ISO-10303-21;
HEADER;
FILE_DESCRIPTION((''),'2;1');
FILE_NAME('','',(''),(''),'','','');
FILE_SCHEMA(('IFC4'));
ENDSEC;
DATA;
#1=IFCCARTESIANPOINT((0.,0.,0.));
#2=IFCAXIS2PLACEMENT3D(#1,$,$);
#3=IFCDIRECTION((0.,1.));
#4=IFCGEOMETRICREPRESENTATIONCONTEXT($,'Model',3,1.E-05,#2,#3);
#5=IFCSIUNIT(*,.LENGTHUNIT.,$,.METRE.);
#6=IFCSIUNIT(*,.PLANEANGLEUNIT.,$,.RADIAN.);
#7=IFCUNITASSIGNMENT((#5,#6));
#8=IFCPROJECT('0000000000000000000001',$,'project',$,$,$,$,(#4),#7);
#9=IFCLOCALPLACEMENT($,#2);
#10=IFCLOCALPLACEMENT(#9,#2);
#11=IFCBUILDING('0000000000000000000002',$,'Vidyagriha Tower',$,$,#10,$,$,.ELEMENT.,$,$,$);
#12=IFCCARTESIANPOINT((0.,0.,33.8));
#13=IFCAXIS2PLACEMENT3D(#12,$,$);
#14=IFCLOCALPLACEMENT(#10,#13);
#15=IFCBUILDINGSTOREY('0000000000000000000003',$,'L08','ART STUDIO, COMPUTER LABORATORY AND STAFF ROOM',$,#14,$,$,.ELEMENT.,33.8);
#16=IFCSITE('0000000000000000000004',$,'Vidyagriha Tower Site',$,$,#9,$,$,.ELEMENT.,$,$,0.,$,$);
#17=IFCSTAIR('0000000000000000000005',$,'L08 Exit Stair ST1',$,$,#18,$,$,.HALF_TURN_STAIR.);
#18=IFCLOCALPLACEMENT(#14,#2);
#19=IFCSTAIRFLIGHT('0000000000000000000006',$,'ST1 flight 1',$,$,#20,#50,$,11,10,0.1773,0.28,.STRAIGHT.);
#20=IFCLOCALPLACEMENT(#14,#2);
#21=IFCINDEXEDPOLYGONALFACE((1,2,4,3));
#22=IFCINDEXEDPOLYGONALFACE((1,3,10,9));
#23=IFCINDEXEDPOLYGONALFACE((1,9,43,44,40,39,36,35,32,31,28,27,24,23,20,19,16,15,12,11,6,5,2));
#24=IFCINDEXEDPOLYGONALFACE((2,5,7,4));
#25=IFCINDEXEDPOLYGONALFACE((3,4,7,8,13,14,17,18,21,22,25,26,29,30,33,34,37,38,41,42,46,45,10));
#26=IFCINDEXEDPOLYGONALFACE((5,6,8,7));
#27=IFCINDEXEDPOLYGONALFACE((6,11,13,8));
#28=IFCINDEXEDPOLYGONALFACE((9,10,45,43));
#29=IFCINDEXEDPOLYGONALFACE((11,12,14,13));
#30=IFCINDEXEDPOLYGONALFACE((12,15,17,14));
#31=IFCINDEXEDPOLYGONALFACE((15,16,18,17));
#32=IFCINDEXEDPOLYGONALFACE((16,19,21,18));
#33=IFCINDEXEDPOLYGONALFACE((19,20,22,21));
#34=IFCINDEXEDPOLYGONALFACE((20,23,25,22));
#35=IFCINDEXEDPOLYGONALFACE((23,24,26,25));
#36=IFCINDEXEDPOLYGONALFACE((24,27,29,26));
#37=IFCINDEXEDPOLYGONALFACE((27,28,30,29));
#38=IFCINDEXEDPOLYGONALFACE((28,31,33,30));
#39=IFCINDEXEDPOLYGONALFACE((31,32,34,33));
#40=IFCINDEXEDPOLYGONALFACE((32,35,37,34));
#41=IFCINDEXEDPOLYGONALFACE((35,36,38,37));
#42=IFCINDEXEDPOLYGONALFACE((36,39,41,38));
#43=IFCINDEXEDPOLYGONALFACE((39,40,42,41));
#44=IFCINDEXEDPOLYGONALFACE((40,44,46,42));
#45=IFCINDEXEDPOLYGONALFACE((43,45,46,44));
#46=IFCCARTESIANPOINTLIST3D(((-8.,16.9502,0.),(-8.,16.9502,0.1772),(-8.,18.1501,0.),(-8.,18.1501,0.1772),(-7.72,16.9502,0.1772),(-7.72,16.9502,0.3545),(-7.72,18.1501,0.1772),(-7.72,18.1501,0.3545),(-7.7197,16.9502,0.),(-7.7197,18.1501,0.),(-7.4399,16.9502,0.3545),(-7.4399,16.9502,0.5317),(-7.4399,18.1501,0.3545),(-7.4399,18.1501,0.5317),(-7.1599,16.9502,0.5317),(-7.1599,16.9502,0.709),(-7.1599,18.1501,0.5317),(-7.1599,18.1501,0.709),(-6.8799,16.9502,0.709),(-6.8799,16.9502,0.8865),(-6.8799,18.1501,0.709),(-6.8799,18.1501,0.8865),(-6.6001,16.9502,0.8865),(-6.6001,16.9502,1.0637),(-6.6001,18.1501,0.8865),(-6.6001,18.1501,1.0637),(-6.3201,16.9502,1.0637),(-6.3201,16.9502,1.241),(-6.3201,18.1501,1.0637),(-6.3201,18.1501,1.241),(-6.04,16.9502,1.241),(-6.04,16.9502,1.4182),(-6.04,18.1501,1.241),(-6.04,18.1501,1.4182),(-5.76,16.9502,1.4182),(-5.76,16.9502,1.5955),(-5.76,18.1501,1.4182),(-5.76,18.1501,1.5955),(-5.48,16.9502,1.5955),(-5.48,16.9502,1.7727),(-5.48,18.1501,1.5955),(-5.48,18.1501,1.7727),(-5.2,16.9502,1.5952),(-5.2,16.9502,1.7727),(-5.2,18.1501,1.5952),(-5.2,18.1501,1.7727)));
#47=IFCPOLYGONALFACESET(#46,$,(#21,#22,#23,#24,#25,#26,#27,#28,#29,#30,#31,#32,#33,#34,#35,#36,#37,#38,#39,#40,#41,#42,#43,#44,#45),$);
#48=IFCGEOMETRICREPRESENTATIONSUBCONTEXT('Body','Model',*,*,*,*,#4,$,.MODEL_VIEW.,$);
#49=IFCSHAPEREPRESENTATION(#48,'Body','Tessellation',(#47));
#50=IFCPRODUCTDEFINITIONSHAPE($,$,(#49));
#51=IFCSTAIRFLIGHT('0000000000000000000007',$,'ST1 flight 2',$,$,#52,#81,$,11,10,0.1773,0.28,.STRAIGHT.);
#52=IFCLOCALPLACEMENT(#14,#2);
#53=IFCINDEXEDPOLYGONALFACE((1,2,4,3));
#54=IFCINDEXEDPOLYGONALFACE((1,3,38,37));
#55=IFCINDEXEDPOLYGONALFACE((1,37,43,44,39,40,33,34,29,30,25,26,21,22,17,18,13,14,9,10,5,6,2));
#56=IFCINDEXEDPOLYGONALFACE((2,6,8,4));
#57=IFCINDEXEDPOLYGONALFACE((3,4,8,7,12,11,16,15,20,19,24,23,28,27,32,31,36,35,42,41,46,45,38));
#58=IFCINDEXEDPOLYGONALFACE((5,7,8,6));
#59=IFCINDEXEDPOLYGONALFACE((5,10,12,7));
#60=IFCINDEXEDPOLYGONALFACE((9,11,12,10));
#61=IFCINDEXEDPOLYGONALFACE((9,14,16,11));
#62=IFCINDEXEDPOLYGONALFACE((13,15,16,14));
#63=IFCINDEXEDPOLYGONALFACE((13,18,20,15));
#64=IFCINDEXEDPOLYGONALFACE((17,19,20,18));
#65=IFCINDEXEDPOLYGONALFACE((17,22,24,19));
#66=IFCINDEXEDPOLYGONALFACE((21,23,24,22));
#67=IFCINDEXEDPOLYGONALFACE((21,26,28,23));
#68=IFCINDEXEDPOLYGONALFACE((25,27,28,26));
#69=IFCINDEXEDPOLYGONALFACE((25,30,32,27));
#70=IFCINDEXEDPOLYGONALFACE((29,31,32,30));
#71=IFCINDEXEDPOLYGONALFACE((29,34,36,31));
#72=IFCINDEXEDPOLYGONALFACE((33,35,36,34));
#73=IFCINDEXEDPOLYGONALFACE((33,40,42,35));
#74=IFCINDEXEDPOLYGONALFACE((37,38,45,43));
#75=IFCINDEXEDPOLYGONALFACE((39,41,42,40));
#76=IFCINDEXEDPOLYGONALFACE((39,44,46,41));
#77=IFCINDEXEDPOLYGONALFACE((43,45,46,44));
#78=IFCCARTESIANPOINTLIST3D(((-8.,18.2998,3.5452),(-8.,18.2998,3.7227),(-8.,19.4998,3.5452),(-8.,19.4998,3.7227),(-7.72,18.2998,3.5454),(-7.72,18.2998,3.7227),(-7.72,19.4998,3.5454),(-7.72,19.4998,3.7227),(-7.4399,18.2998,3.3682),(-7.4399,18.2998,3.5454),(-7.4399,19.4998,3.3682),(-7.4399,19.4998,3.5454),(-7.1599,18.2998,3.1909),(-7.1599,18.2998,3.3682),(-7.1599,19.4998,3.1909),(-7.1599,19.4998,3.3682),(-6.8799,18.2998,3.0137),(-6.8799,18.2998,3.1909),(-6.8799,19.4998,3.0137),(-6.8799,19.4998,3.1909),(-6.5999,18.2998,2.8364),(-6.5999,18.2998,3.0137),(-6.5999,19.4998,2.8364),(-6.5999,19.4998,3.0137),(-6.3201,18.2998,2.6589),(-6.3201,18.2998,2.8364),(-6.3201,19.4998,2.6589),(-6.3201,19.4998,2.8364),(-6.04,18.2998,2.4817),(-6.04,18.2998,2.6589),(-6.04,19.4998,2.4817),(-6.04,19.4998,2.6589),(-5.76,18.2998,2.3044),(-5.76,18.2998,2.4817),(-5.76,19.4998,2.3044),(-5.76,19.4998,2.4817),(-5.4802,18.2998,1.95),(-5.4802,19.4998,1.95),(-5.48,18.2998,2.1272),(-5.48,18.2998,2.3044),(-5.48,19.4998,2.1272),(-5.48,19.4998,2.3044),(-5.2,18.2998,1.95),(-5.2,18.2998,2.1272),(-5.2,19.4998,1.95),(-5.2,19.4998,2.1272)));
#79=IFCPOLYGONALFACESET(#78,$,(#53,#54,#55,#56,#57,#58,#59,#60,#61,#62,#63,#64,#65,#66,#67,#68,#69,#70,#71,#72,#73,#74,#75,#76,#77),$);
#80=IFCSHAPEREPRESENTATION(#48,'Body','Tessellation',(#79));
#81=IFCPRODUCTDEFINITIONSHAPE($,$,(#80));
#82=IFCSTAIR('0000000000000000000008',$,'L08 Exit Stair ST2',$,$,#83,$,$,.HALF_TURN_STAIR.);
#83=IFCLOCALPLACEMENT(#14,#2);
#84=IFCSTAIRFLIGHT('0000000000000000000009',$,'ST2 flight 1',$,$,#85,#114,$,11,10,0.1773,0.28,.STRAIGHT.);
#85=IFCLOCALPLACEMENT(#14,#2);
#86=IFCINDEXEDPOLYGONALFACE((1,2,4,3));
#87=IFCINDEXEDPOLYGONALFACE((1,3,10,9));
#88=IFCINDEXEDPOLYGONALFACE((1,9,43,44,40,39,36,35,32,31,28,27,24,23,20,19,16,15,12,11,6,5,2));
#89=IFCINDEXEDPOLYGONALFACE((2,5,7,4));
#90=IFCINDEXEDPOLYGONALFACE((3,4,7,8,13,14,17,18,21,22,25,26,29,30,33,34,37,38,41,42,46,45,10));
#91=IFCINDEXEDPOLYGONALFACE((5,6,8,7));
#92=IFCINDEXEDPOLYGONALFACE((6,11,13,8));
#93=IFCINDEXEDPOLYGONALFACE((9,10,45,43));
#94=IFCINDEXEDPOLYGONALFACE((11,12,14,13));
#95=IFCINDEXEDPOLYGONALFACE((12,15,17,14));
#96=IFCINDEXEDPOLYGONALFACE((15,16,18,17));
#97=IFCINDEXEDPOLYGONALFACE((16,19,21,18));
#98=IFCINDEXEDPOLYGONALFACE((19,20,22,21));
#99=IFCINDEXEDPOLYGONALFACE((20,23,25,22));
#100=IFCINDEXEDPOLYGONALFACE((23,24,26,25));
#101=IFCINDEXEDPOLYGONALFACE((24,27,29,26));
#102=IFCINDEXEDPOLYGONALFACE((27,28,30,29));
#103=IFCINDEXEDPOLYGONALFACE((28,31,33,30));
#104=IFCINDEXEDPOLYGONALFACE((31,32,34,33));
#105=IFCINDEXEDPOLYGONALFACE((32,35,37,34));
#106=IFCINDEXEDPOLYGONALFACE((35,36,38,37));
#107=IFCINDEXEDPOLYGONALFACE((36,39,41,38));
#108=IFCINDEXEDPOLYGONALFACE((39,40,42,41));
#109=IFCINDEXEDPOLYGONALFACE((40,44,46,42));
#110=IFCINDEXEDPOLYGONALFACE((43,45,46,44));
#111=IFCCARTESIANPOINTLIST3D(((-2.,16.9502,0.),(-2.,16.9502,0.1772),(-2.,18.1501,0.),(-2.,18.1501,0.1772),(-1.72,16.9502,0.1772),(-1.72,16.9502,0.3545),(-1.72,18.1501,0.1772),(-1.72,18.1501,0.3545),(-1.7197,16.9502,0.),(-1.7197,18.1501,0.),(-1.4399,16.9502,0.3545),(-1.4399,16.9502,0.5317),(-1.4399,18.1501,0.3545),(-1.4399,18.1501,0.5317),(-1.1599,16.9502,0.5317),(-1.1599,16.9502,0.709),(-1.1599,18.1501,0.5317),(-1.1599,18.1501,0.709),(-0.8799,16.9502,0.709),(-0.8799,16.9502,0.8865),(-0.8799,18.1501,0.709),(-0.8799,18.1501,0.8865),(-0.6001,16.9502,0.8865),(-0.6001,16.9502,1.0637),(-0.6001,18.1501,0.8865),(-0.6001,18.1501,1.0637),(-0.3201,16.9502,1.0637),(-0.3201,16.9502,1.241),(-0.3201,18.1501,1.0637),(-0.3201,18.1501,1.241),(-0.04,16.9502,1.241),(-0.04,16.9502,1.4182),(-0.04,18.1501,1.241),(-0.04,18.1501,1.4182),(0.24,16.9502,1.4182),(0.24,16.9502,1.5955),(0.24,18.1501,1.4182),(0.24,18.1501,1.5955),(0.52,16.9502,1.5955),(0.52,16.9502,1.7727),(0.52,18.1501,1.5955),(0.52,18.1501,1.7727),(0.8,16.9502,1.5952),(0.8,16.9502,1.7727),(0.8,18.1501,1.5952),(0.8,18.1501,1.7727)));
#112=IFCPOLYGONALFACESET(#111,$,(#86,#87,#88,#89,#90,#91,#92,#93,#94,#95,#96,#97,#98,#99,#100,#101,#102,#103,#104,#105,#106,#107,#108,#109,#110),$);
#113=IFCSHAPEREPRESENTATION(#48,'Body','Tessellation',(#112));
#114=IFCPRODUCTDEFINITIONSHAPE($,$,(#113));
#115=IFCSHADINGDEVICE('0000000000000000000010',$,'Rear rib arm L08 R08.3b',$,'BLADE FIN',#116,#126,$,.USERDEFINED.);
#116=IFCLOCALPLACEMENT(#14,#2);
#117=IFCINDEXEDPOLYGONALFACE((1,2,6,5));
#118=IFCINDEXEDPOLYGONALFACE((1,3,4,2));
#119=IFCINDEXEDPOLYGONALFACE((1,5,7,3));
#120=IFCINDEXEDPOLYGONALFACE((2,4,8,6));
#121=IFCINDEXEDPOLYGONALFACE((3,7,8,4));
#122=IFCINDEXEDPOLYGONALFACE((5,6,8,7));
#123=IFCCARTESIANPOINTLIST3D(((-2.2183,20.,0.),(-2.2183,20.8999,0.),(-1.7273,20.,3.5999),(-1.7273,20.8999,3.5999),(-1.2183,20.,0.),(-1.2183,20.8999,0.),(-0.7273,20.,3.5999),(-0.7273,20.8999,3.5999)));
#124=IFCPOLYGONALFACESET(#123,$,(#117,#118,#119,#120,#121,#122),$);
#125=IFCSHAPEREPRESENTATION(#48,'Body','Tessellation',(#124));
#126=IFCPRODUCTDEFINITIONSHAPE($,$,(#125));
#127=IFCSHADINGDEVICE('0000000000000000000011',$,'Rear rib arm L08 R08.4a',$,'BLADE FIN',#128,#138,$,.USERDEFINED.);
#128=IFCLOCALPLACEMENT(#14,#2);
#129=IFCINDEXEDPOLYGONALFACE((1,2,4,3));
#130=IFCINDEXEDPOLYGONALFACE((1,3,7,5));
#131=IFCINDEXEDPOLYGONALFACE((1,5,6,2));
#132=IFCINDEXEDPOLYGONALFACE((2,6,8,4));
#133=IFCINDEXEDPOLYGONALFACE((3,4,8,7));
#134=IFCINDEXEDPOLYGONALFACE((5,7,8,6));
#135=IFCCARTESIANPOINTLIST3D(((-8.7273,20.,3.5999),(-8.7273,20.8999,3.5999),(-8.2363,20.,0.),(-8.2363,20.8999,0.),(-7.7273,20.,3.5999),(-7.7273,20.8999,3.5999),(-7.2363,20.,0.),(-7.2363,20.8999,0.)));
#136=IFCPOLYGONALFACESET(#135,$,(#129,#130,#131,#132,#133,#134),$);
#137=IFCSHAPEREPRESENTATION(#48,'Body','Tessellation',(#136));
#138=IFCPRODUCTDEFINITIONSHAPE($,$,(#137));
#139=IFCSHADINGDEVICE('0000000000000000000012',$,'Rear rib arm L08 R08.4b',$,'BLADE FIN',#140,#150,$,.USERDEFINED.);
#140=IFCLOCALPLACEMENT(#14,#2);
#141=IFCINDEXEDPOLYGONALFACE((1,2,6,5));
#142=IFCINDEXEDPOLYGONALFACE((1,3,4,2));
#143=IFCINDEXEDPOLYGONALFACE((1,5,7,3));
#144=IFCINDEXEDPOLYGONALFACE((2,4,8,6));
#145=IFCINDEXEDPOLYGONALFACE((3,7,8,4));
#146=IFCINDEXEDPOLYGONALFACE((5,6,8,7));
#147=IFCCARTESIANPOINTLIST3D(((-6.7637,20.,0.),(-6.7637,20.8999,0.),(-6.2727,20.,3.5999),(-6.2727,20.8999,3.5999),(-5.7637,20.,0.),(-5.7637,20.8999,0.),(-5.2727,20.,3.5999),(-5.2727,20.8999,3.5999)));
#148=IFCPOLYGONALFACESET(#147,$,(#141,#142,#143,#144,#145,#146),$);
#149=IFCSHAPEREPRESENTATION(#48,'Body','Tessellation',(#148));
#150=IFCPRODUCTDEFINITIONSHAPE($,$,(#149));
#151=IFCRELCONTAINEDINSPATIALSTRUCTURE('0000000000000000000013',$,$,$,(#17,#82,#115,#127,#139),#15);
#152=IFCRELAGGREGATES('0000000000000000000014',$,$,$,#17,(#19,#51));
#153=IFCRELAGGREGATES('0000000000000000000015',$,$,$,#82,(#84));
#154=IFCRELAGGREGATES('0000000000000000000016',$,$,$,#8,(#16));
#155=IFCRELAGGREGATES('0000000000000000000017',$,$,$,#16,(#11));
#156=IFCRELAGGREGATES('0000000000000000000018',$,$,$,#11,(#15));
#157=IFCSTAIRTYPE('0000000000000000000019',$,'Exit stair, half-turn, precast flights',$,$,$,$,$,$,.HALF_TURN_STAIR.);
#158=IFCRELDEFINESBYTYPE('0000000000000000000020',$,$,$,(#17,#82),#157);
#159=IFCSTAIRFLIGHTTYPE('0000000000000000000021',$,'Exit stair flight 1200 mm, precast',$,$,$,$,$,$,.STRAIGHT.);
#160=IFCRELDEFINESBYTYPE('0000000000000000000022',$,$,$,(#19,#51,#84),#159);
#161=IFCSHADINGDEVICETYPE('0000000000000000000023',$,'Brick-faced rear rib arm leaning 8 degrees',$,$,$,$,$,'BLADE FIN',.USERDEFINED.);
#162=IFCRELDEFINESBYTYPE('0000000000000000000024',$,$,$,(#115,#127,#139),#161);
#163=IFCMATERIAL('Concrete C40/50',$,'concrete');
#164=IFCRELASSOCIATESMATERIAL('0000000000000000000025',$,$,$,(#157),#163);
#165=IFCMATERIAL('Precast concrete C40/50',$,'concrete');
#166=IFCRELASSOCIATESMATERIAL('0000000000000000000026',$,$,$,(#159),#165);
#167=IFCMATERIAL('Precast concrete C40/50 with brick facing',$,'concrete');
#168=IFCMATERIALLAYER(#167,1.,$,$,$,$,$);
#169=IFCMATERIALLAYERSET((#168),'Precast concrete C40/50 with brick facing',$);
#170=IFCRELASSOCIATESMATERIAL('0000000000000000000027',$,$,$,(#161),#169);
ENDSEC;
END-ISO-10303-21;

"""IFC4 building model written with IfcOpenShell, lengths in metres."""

from ifc_helpers import new_model, si_unit, direction, frame, origin, place, context, subcontext, project, spatial, polyline, outline, extrude, material, layer, layer_set, type_object, element, aggregate, save


model = new_model("IFC4")

# Units and contexts
model_context = context("Model", 3, precision=1e-05, world=origin(), true_north=direction((0.0, 1.0)))
body_context = subcontext(model_context, "Body", "Model", "MODEL_VIEW")
ifc_project = project(units=[si_unit("LENGTHUNIT", "METRE"), si_unit("PLANEANGLEUNIT", "RADIAN")], contexts=[model_context])

# Site, building, storey
site_placement = place(None, origin())
site = spatial("IfcSite", under=ifc_project, at=site_placement, Name="Vidyagriha Tower Site", CompositionType="ELEMENT", RefElevation=0.0)
building_placement = place(site_placement, origin())
building = spatial("IfcBuilding", under=site, at=building_placement, Name="Vidyagriha Tower", CompositionType="ELEMENT")
storey_placement = place(building_placement, frame((0.0, 0.0, 33.8)))
storey = spatial("IfcBuildingStorey", under=building, at=storey_placement, Name="L08", Description="ART STUDIO, COMPUTER LABORATORY AND STAFF ROOM", CompositionType="ELEMENT", Elevation=33.8)

# Stair, stair flights
ifc_material_1 = material(Name="Concrete C40/50", Category="concrete")
stair_type = type_object("IfcStairType", Name="Exit stair, half-turn, precast flights", PredefinedType="HALF_TURN_STAIR", material=ifc_material_1)
stair_1_placement = place(storey_placement, origin())
stair_1 = element("IfcStair", 1, at=stair_1_placement, inside=storey, type_object=stair_type, Name="L08 Exit Stair ST1", PredefinedType="HALF_TURN_STAIR")
ifc_material_2 = material(Name="Precast concrete C40/50", Category="concrete")
stair_flight_type = type_object("IfcStairFlightType", Name="Exit stair flight 1200 mm, precast", PredefinedType="STRAIGHT", material=ifc_material_2)
stair_flight_1_placement = place(storey_placement, frame((-8.0, 17.55, 0.0)))
stair_flight_1 = element("IfcStairFlight", 2, at=stair_flight_1_placement, type_object=stair_flight_type, Name="ST1 flight 1", NumberOfRisers=11, NumberOfTreads=10, PredefinedType="STRAIGHT", RiserHeight=0.1773, TreadLength=0.28, context=body_context, shape_type="SweptSolid", body=[
    extrude(outline(polyline([(0.0, 0.0), (0.0, 0.1772), (0.28, 0.1772), (0.28, 0.3545), (0.5601, 0.3545), (0.5601, 0.5317), (0.8401, 0.5317), (0.8401, 0.709), (1.1201, 0.709), (1.1201, 0.8865), (1.3999, 0.8865), (1.3999, 1.0637), (1.6799, 1.0637), (1.6799, 1.241), (1.96, 1.241), (1.96, 1.4182), (2.24, 1.4182), (2.24, 1.5955), (2.52, 1.5955), (2.52, 1.7727), (2.8, 1.7727), (2.8, 1.95), (2.8, 1.5952), (0.2803, 0.0), (0.0, 0.0)])), frame((0.0, 0.6001, 0.0), z_axis=(0.0, -1.0, 0.0), x_axis=(1.0, 0.0, 0.0)), (0.0, 0.0, 1.0), 1.2),
])
stair_flight_2_placement = place(storey_placement, frame((-5.2, 18.8999, 1.95), z_axis=(0.0, 0.0, 1.0), x_axis=(-1.0, 0.0, 0.0)))
stair_flight_2 = element("IfcStairFlight", 3, at=stair_flight_2_placement, type_object=stair_flight_type, Name="ST1 flight 2", NumberOfRisers=11, NumberOfTreads=10, PredefinedType="STRAIGHT", RiserHeight=0.1773, TreadLength=0.28, context=body_context, shape_type="SweptSolid", body=[
    extrude(outline(polyline([(0.0, 0.0), (0.0, 0.1772), (0.28, 0.1772), (0.28, 0.3545), (0.5601, 0.3545), (0.5601, 0.5317), (0.8401, 0.5317), (0.8401, 0.709), (1.1201, 0.709), (1.1201, 0.8865), (1.3999, 0.8865), (1.3999, 1.0637), (1.6799, 1.0637), (1.6799, 1.241), (1.96, 1.241), (1.96, 1.4182), (2.24, 1.4182), (2.24, 1.5955), (2.52, 1.5955), (2.52, 1.7727), (2.8, 1.7727), (2.8, 1.95), (2.8, 1.5952), (0.2803, 0.0), (0.0, 0.0)])), frame((0.0, 0.6001, 0.0), z_axis=(0.0, -1.0, 0.0), x_axis=(1.0, 0.0, 0.0)), (0.0, 0.0, 1.0), 1.2),
])
aggregate(stair_1, [stair_flight_1, stair_flight_2])

# Stair, stair flight
stair_2_placement = place(storey_placement, origin())
stair_2 = element("IfcStair", 4, at=stair_2_placement, inside=storey, type_object=stair_type, Name="L08 Exit Stair ST2", PredefinedType="HALF_TURN_STAIR")
stair_flight_3_placement = place(storey_placement, frame((-2.0, 17.55, 0.0)))
stair_flight_3 = element("IfcStairFlight", 5, at=stair_flight_3_placement, type_object=stair_flight_type, Name="ST2 flight 1", NumberOfRisers=11, NumberOfTreads=10, PredefinedType="STRAIGHT", RiserHeight=0.1773, TreadLength=0.28, context=body_context, shape_type="SweptSolid", body=[
    extrude(outline(polyline([(0.0, 0.0), (0.0, 0.1772), (0.28, 0.1772), (0.28, 0.3545), (0.5601, 0.3545), (0.5601, 0.5317), (0.8401, 0.5317), (0.8401, 0.709), (1.1201, 0.709), (1.1201, 0.8865), (1.3999, 0.8865), (1.3999, 1.0637), (1.6799, 1.0637), (1.6799, 1.241), (1.96, 1.241), (1.96, 1.4182), (2.24, 1.4182), (2.24, 1.5955), (2.52, 1.5955), (2.52, 1.7727), (2.8, 1.7727), (2.8, 1.95), (2.8, 1.5952), (0.2803, 0.0), (0.0, 0.0)])), frame((0.0, 0.6001, 0.0), z_axis=(0.0, -1.0, 0.0), x_axis=(1.0, 0.0, 0.0)), (0.0, 0.0, 1.0), 1.2),
])
aggregate(stair_2, [stair_flight_3])

# Shading devices
ifc_material_3 = material(Name="Precast concrete C40/50 with brick facing", Category="concrete")
ifc_layer_1 = layer(ifc_material_3, 1.0)
ifc_layer_set_1 = layer_set([ifc_layer_1], Name="Precast concrete C40/50 with brick facing")
shading_device_type = type_object("IfcShadingDeviceType", Name="Brick-faced rear rib arm leaning 8 degrees", ElementType="BLADE FIN", PredefinedType="USERDEFINED", material=ifc_layer_set_1)
shading_device_1_placement = place(storey_placement, frame((-0.7273, 20.45, 0.0), z_axis=(0.0, 0.0, 1.0), x_axis=(-1.0, 0.0, 0.0)))
element("IfcShadingDevice", 6, at=shading_device_1_placement, inside=storey, type_object=shading_device_type, Name="Rear rib arm L08 R08.3b", ObjectType="BLADE FIN", PredefinedType="USERDEFINED", context=body_context, shape_type="SweptSolid", body=[
    extrude(outline(polyline([(0.491, 0.0), (1.491, 0.0), (1.0, 3.5999), (0.0, 3.5999), (0.491, 0.0)])), frame((0.0, 0.45, 0.0), z_axis=(0.0, -1.0, 0.0), x_axis=(1.0, 0.0, 0.0)), (0.0, 0.0, 1.0), 0.8999),
])
shading_device_2_placement = place(storey_placement, frame((-7.2363, 20.45, 0.0), z_axis=(0.0, 0.0, 1.0), x_axis=(-1.0, 0.0, 0.0)))
element("IfcShadingDevice", 7, at=shading_device_2_placement, inside=storey, type_object=shading_device_type, Name="Rear rib arm L08 R08.4a", ObjectType="BLADE FIN", PredefinedType="USERDEFINED", context=body_context, shape_type="SweptSolid", body=[
    extrude(outline(polyline([(0.0, 0.0), (1.0, 0.0), (1.491, 3.5999), (0.491, 3.5999), (0.0, 0.0)])), frame((0.0, 0.45, 0.0), z_axis=(0.0, -1.0, 0.0), x_axis=(1.0, 0.0, 0.0)), (0.0, 0.0, 1.0), 0.8999),
])
shading_device_3_placement = place(storey_placement, frame((-5.2727, 20.45, 0.0), z_axis=(0.0, 0.0, 1.0), x_axis=(-1.0, 0.0, 0.0)))
element("IfcShadingDevice", 8, at=shading_device_3_placement, inside=storey, type_object=shading_device_type, Name="Rear rib arm L08 R08.4b", ObjectType="BLADE FIN", PredefinedType="USERDEFINED", context=body_context, shape_type="SweptSolid", body=[
    extrude(outline(polyline([(0.491, 0.0), (1.491, 0.0), (1.0, 3.5999), (0.0, 3.5999), (0.491, 0.0)])), frame((0.0, 0.45, 0.0), z_axis=(0.0, -1.0, 0.0), x_axis=(1.0, 0.0, 0.0)), (0.0, 0.0, 1.0), 0.8999),
])

save(model, "model.ifc")
